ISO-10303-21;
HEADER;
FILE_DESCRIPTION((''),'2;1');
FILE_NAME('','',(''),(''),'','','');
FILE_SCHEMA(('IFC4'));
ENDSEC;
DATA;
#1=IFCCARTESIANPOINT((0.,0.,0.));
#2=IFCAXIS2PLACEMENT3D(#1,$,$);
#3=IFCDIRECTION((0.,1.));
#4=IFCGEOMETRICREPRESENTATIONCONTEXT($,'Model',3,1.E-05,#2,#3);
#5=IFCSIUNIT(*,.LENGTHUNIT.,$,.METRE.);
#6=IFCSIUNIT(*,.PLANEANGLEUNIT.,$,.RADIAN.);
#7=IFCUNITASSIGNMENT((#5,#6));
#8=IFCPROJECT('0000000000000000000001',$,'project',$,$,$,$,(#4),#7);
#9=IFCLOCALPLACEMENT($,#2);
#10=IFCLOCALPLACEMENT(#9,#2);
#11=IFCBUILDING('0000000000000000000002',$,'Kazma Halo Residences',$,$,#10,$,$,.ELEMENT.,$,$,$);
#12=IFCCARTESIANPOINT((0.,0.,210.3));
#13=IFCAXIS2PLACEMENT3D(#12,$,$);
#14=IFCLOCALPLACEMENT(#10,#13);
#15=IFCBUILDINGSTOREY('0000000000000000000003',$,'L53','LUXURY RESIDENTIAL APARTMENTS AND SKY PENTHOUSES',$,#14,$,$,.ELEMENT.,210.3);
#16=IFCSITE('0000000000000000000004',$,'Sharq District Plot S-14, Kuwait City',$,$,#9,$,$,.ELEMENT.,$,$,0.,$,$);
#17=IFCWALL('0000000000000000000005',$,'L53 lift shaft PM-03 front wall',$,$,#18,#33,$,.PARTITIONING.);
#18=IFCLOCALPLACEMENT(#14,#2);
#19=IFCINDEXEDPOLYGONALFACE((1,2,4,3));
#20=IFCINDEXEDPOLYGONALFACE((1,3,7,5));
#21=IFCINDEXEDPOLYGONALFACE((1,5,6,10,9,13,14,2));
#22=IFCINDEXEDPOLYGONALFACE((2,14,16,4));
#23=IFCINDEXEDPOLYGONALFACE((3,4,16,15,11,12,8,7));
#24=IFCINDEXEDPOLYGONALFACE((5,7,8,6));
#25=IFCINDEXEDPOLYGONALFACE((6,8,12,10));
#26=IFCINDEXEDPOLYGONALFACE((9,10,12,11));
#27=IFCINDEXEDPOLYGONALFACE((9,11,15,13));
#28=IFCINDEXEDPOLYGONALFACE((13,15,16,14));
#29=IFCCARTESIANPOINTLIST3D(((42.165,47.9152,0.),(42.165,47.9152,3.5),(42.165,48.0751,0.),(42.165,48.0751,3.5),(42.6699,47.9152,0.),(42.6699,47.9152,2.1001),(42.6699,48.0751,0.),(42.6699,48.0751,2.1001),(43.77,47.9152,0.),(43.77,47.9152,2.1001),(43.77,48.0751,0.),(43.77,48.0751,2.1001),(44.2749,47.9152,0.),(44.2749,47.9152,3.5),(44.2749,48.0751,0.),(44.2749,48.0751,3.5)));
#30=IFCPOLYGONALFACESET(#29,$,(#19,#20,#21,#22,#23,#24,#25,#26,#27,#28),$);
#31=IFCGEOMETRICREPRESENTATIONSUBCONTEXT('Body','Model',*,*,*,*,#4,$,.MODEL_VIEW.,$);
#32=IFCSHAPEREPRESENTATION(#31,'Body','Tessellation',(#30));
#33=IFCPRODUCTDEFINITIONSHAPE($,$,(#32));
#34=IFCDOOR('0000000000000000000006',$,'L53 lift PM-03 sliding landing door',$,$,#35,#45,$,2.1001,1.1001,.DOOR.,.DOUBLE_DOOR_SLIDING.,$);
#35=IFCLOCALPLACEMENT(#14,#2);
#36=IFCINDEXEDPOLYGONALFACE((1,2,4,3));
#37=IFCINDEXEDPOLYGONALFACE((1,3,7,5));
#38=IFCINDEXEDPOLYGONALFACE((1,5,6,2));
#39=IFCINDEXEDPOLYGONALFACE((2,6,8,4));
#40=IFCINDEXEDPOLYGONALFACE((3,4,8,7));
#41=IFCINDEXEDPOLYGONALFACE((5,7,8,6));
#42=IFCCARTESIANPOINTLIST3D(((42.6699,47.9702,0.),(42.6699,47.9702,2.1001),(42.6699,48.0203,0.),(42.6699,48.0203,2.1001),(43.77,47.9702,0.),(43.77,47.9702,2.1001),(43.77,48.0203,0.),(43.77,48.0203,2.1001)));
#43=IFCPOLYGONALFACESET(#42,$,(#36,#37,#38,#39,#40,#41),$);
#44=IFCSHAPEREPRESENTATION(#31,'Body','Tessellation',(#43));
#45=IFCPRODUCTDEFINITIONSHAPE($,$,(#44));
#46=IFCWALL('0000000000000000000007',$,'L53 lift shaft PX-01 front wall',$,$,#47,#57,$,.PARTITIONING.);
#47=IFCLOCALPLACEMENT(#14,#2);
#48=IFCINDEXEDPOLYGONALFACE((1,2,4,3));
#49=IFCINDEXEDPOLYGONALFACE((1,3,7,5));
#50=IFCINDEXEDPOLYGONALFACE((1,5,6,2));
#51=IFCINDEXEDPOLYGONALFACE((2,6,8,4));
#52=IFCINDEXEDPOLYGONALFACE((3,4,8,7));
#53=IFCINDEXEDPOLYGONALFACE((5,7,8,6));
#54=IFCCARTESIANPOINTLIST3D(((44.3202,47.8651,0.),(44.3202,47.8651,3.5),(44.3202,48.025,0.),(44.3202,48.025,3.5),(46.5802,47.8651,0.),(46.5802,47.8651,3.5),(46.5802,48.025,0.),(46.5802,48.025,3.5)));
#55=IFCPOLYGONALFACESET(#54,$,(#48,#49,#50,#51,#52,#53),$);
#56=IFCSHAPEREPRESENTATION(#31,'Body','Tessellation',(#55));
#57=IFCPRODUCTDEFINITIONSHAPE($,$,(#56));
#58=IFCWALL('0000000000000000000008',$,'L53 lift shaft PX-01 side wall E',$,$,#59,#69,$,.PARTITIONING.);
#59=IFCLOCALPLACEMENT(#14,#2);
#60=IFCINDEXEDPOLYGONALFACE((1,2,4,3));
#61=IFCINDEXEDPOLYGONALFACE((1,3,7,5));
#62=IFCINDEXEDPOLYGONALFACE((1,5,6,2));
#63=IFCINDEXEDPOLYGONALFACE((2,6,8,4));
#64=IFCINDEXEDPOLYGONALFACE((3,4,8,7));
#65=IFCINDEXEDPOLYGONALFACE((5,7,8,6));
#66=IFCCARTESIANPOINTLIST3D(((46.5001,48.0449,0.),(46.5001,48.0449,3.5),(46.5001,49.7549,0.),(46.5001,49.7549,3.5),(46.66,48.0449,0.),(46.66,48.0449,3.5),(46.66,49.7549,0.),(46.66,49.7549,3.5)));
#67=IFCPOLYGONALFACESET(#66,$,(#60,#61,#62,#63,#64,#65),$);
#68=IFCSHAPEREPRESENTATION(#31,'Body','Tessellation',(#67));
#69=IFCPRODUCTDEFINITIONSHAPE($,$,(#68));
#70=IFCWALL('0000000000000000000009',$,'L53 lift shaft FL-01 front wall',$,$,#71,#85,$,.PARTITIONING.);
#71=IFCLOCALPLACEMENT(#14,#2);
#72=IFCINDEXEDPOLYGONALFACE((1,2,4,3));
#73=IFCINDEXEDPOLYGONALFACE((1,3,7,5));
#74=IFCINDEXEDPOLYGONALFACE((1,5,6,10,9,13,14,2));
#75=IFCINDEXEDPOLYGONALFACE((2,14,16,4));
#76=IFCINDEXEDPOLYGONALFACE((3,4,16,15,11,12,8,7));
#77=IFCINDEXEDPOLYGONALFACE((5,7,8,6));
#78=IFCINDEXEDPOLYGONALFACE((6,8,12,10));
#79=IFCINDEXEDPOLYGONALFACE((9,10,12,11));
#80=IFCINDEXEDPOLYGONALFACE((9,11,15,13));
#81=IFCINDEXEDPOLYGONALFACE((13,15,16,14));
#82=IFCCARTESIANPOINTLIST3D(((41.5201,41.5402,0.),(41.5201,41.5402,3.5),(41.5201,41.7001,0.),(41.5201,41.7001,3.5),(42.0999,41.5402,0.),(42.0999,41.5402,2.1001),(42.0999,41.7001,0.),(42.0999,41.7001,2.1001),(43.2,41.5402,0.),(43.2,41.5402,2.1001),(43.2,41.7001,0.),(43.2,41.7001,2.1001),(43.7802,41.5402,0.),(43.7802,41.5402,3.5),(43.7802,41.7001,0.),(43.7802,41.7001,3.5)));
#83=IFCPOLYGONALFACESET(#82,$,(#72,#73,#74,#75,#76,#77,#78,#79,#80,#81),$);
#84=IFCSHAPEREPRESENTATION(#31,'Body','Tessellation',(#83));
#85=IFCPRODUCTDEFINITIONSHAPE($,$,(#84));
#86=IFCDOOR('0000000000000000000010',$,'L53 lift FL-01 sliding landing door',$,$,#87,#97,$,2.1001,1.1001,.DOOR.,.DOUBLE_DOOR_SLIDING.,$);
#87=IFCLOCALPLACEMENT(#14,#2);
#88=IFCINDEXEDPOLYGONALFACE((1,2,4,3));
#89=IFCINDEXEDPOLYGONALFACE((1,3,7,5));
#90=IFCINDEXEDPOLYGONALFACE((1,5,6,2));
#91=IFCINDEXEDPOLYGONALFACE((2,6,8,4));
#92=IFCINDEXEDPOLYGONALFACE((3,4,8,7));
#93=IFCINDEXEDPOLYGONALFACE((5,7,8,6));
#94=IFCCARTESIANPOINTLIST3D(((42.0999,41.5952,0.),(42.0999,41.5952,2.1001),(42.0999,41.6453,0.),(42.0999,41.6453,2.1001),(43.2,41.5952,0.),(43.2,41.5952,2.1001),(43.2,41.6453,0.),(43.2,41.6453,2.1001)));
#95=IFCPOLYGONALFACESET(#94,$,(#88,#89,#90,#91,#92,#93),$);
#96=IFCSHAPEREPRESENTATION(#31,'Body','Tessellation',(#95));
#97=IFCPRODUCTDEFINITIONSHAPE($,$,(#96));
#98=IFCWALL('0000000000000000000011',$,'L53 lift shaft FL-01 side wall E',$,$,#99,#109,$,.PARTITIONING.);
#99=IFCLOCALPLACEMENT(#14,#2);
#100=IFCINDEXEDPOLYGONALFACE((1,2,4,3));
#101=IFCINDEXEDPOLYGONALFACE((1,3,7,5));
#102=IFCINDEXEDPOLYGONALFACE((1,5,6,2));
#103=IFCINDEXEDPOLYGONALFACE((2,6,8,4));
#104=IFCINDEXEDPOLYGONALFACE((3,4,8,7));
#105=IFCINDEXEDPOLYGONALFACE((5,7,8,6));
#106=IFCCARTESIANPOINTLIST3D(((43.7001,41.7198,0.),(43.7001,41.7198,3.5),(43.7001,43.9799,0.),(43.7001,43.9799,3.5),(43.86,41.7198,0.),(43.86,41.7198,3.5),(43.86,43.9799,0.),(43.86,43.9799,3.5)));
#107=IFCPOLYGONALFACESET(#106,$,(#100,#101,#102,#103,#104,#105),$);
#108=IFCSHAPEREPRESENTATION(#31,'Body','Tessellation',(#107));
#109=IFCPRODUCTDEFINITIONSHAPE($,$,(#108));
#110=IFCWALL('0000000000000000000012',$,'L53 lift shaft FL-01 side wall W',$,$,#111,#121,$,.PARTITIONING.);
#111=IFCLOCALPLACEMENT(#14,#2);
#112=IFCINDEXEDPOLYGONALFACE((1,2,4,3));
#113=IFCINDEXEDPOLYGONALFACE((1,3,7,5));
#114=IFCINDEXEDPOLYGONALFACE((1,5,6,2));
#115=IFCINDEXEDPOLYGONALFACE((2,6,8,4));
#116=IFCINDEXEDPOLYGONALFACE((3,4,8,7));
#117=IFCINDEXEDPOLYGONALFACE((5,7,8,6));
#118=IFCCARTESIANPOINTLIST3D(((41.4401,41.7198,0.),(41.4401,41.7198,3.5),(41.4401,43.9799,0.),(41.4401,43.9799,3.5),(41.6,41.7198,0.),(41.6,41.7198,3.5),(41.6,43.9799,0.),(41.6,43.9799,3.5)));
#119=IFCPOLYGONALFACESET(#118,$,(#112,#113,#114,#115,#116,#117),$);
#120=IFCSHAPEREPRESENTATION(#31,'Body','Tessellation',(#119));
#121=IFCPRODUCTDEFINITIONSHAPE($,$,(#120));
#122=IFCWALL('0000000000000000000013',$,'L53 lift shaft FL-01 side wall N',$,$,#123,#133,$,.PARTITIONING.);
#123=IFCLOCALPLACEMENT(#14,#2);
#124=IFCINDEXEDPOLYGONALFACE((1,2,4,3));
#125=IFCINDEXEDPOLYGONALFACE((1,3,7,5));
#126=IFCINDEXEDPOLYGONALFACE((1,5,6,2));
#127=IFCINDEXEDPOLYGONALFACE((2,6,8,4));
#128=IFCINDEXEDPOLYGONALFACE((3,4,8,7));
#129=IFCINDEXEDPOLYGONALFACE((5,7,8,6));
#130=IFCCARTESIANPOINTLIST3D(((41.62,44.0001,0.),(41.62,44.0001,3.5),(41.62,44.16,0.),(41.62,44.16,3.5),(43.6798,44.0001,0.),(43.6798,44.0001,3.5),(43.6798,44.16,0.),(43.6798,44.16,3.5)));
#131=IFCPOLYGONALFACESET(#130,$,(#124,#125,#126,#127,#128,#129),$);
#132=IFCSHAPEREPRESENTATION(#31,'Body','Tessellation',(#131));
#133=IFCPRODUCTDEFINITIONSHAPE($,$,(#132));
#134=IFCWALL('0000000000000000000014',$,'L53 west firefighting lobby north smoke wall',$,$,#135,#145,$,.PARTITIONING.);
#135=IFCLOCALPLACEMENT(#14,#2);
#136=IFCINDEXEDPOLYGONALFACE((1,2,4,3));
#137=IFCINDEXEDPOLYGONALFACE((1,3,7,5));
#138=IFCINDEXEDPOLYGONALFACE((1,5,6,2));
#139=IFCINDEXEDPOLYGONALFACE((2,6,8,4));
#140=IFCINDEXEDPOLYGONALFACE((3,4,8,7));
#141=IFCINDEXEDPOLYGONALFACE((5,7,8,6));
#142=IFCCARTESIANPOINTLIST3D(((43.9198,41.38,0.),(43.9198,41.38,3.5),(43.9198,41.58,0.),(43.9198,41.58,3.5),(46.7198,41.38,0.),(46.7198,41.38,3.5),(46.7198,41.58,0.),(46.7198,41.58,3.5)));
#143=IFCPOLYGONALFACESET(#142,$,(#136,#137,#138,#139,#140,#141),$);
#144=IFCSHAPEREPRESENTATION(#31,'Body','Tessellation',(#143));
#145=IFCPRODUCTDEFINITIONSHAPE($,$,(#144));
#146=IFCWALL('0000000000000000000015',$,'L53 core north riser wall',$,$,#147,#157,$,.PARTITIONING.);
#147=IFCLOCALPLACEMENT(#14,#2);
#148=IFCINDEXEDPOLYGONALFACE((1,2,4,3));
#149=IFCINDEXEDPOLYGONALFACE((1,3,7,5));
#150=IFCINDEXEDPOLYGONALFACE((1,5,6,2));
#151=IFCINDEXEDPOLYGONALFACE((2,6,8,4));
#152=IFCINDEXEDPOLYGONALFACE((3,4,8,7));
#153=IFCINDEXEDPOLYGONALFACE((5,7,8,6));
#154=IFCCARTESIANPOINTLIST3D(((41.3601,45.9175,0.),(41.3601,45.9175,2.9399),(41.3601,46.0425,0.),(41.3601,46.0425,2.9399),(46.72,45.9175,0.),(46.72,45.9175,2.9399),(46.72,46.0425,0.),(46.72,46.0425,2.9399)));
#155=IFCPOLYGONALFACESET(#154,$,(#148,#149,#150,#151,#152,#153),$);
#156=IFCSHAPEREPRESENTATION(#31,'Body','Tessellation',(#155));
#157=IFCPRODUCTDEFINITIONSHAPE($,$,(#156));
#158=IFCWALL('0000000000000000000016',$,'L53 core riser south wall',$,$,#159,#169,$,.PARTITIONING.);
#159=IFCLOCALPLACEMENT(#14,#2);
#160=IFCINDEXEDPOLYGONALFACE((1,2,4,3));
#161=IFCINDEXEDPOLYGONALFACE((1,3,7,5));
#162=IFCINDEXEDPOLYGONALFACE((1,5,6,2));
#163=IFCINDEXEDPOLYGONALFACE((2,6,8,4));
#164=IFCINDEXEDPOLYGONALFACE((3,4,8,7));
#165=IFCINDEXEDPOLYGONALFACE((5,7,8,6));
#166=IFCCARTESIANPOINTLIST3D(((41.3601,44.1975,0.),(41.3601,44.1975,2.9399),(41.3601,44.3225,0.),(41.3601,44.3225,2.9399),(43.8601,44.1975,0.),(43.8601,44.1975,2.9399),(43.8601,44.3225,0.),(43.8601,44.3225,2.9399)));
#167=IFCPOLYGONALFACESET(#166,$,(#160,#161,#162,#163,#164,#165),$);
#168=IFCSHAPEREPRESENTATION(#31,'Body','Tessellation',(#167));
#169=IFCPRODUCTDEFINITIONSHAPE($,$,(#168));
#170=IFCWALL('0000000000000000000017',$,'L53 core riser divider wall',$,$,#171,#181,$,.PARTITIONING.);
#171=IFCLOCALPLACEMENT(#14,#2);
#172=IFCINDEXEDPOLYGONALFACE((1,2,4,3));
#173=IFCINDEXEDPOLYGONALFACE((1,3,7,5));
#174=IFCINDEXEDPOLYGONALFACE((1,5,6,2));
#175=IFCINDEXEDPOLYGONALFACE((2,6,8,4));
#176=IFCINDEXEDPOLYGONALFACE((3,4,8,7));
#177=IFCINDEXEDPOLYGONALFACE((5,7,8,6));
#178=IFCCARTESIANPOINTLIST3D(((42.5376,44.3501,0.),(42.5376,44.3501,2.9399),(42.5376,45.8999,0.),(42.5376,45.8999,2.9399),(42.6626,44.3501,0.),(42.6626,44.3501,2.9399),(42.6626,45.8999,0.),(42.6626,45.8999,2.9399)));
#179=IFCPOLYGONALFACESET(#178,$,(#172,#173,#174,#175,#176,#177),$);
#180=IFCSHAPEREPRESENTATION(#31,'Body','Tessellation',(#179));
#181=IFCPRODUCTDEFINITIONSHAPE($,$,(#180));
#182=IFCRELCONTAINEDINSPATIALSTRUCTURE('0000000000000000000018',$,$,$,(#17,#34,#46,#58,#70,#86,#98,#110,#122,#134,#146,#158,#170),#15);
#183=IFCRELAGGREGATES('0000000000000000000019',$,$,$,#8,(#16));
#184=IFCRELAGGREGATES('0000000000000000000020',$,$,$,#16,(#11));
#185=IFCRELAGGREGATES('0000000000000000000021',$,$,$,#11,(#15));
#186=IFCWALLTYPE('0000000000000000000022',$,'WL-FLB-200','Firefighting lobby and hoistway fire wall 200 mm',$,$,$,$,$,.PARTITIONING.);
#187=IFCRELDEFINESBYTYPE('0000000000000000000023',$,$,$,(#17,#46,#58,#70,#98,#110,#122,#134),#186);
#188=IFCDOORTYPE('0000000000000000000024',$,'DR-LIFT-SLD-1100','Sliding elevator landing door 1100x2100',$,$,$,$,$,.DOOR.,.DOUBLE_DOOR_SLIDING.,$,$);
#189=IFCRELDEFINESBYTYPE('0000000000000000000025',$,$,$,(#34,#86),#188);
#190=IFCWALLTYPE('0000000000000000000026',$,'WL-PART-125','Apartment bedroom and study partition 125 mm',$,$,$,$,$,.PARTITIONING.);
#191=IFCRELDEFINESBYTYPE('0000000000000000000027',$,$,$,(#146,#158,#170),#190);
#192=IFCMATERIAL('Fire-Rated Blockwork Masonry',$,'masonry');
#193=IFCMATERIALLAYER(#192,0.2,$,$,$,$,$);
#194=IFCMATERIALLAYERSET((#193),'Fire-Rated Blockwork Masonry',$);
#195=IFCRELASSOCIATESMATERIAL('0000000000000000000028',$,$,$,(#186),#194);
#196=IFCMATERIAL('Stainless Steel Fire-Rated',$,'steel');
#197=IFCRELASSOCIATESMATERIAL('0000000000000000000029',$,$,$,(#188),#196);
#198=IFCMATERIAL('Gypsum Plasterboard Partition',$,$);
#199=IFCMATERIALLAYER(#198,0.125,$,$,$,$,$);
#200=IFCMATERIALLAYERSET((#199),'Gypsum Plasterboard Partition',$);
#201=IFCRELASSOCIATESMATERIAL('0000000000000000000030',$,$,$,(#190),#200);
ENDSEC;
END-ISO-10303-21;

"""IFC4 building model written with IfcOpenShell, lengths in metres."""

from ifc_helpers import new_model, si_unit, direction, frame, frame_2d, origin, place, context, subcontext, project, spatial, rectangle, extrude, material, layer, layer_set, type_object, element, fill, save


model = new_model("IFC4")

# Units and contexts
model_context = context("Model", 3, precision=1e-05, world=origin(), true_north=direction((0.0, 1.0)))
body_context = subcontext(model_context, "Body", "Model", "MODEL_VIEW")
ifc_project = project(units=[si_unit("LENGTHUNIT", "METRE"), si_unit("PLANEANGLEUNIT", "RADIAN")], contexts=[model_context])

# Site, building, storey
site_placement = place(None, origin())
site = spatial("IfcSite", under=ifc_project, at=site_placement, Name="Sharq District Plot S-14, Kuwait City", CompositionType="ELEMENT", RefElevation=0.0)
building_placement = place(site_placement, origin())
building = spatial("IfcBuilding", under=site, at=building_placement, Name="Kazma Halo Residences", CompositionType="ELEMENT")
storey_placement = place(building_placement, frame((0.0, 0.0, 210.3)))
storey = spatial("IfcBuildingStorey", under=building, at=storey_placement, Name="L53", Description="LUXURY RESIDENTIAL APARTMENTS AND SKY PENTHOUSES", CompositionType="ELEMENT", Elevation=210.3)

# Wall, opening, door
ifc_material_1 = material(Name="Fire-Rated Blockwork Masonry", Category="masonry")
ifc_layer_1 = layer(ifc_material_1, 0.2)
ifc_layer_set_1 = layer_set([ifc_layer_1], Name="Fire-Rated Blockwork Masonry")
wall_type_1 = type_object("IfcWallType", Name="WL-FLB-200", Description="Firefighting lobby and hoistway fire wall 200 mm", PredefinedType="PARTITIONING", material=ifc_layer_set_1)
ifc_material_2 = material(Name="Stainless Steel Fire-Rated", Category="steel")
door_type = type_object("IfcDoorType", Name="DR-LIFT-SLD-1100", Description="Sliding elevator landing door 1100x2100", OperationType="DOUBLE_DOOR_SLIDING", PredefinedType="DOOR", material=ifc_material_2)
wall_1_placement = place(storey_placement, frame((44.2749, 47.9951, 0.0), z_axis=(0.0, 0.0, 1.0), x_axis=(-1.0, 0.0, 0.0)))
wall_1 = element("IfcWall", 1, at=wall_1_placement, inside=storey, type_object=wall_type_1, Name="L53 lift shaft PM-03 front wall", PredefinedType="PARTITIONING", context=body_context, shape_type="SweptSolid", body=[
    extrude(rectangle(XDim=2.1099, YDim=0.1599, at=frame_2d((1.0549, 0.0))), origin(), (0.0, 0.0, 1.0), 3.5),
])
opening_1_placement = place(wall_1_placement, frame((0.5049, 0.0, 0.0)))
opening_1 = element("IfcOpeningElement", 2, at=opening_1_placement, cuts=wall_1, PredefinedType="OPENING", context=body_context, shape_type="SweptSolid", body=[
    extrude(rectangle(XDim=1.1001, YDim=2.1001, at=frame_2d((0.55, 1.05))), frame((0.0, 0.0898, 0.0), z_axis=(0.0, -1.0, 0.0), x_axis=(1.0, 0.0, 0.0)), (0.0, 0.0, 1.0), 0.1799),
])
door_1_placement = place(opening_1_placement, origin())
door_1 = element("IfcDoor", 3, at=door_1_placement, inside=storey, type_object=door_type, Name="L53 lift PM-03 sliding landing door", OperationType="DOUBLE_DOOR_SLIDING", OverallHeight=2.1001, OverallWidth=1.1001, PredefinedType="DOOR", context=body_context, shape_type="SweptSolid", body=[
    extrude(rectangle(XDim=1.1001, YDim=2.1001, at=frame_2d((0.55, 1.05))), frame((0.0, 0.0249, 0.0), z_axis=(0.0, -1.0, 0.0), x_axis=(1.0, 0.0, 0.0)), (0.0, 0.0, 1.0), 0.05),
])
fill(opening_1, door_1)

# Walls
wall_2_placement = place(storey_placement, frame((46.5801, 47.9451, 0.0), z_axis=(0.0, 0.0, 1.0), x_axis=(-1.0, 0.0, 0.0)))
element("IfcWall", 4, at=wall_2_placement, inside=storey, type_object=wall_type_1, Name="L53 lift shaft PX-01 front wall", PredefinedType="PARTITIONING", context=body_context, shape_type="SweptSolid", body=[
    extrude(rectangle(XDim=2.26, YDim=0.1599, at=frame_2d((1.1299, 0.0))), origin(), (0.0, 0.0, 1.0), 3.5),
])
wall_3_placement = place(storey_placement, frame((46.5801, 48.0449, 0.0), z_axis=(0.0, 0.0, 1.0), x_axis=(0.0, 1.0, 0.0)))
element("IfcWall", 5, at=wall_3_placement, inside=storey, type_object=wall_type_1, Name="L53 lift shaft PX-01 side wall E", PredefinedType="PARTITIONING", context=body_context, shape_type="SweptSolid", body=[
    extrude(rectangle(XDim=1.71, YDim=0.1599, at=frame_2d((0.855, 0.0))), origin(), (0.0, 0.0, 1.0), 3.5),
])

# Wall, opening, door
wall_4_placement = place(storey_placement, frame((43.78, 41.6201, 0.0), z_axis=(0.0, 0.0, 1.0), x_axis=(-1.0, 0.0, 0.0)))
wall_4 = element("IfcWall", 6, at=wall_4_placement, inside=storey, type_object=wall_type_1, Name="L53 lift shaft FL-01 front wall", PredefinedType="PARTITIONING", context=body_context, shape_type="SweptSolid", body=[
    extrude(rectangle(XDim=2.26, YDim=0.1599, at=frame_2d((1.1299, 0.0))), origin(), (0.0, 0.0, 1.0), 3.5),
])
opening_2_placement = place(wall_4_placement, frame((0.5801, 0.0, 0.0)))
opening_2 = element("IfcOpeningElement", 7, at=opening_2_placement, cuts=wall_4, PredefinedType="OPENING", context=body_context, shape_type="SweptSolid", body=[
    extrude(rectangle(XDim=1.1001, YDim=2.1001, at=frame_2d((0.55, 1.05))), frame((0.0, 0.0898, 0.0), z_axis=(0.0, -1.0, 0.0), x_axis=(1.0, 0.0, 0.0)), (0.0, 0.0, 1.0), 0.1799),
])
door_2_placement = place(opening_2_placement, origin())
door_2 = element("IfcDoor", 8, at=door_2_placement, inside=storey, type_object=door_type, Name="L53 lift FL-01 sliding landing door", OperationType="DOUBLE_DOOR_SLIDING", OverallHeight=2.1001, OverallWidth=1.1001, PredefinedType="DOOR", context=body_context, shape_type="SweptSolid", body=[
    extrude(rectangle(XDim=1.1001, YDim=2.1001, at=frame_2d((0.55, 1.05))), frame((0.0, 0.0249, 0.0), z_axis=(0.0, -1.0, 0.0), x_axis=(1.0, 0.0, 0.0)), (0.0, 0.0, 1.0), 0.05),
])
fill(opening_2, door_2)

# Walls
for number, where, z_axis, x_axis, name in (
    (9, (43.78, 41.72, 0.0), (0.0, 0.0, 1.0), (0.0, 1.0, 0.0), "L53 lift shaft FL-01 side wall E"),
    (10, (41.52, 41.72, 0.0), (0.0, 0.0, 1.0), (0.0, 1.0, 0.0), "L53 lift shaft FL-01 side wall W"),
):
    element("IfcWall", number, at=place(storey_placement, frame(where, z_axis=z_axis, x_axis=x_axis)), inside=storey, type_object=wall_type_1, Name=name, PredefinedType="PARTITIONING", context=body_context, shape_type="SweptSolid", body=[
        extrude(rectangle(XDim=2.26, YDim=0.1599, at=frame_2d((1.1299, 0.0))), origin(), (0.0, 0.0, 1.0), 3.5),
    ])
wall_5_placement = place(storey_placement, frame((41.6201, 44.0801, 0.0), z_axis=(0.0, 0.0, 1.0), x_axis=(1.0, 0.0, 0.0)))
element("IfcWall", 11, at=wall_5_placement, inside=storey, type_object=wall_type_1, Name="L53 lift shaft FL-01 side wall N", PredefinedType="PARTITIONING", context=body_context, shape_type="SweptSolid", body=[
    extrude(rectangle(XDim=2.0598, YDim=0.1599, at=frame_2d((1.0298, 0.0))), origin(), (0.0, 0.0, 1.0), 3.5),
])
wall_6_placement = place(storey_placement, frame((43.9199, 41.48, 0.0), z_axis=(0.0, 0.0, 1.0), x_axis=(1.0, 0.0, 0.0)))
element("IfcWall", 12, at=wall_6_placement, inside=storey, type_object=wall_type_1, Name="L53 west firefighting lobby north smoke wall", PredefinedType="PARTITIONING", context=body_context, shape_type="SweptSolid", body=[
    extrude(rectangle(XDim=2.8, YDim=0.2, at=frame_2d((1.3999, 0.0))), origin(), (0.0, 0.0, 1.0), 3.5),
])
ifc_material_3 = material(Name="Gypsum Plasterboard Partition")
ifc_layer_2 = layer(ifc_material_3, 0.125)
ifc_layer_set_2 = layer_set([ifc_layer_2], Name="Gypsum Plasterboard Partition")
wall_type_2 = type_object("IfcWallType", Name="WL-PART-125", Description="Apartment bedroom and study partition 125 mm", PredefinedType="PARTITIONING", material=ifc_layer_set_2)
wall_7_placement = place(storey_placement, frame((41.3601, 45.98, 0.0), z_axis=(0.0, 0.0, 1.0), x_axis=(1.0, 0.0, 0.0)))
element("IfcWall", 13, at=wall_7_placement, inside=storey, type_object=wall_type_2, Name="L53 core north riser wall", PredefinedType="PARTITIONING", context=body_context, shape_type="SweptSolid", body=[
    extrude(rectangle(XDim=5.3599, YDim=0.125, at=frame_2d((2.6799, 0.0))), origin(), (0.0, 0.0, 1.0), 2.9399),
])
wall_8_placement = place(storey_placement, frame((41.3601, 44.26, 0.0), z_axis=(0.0, 0.0, 1.0), x_axis=(1.0, 0.0, 0.0)))
element("IfcWall", 14, at=wall_8_placement, inside=storey, type_object=wall_type_2, Name="L53 core riser south wall", PredefinedType="PARTITIONING", context=body_context, shape_type="SweptSolid", body=[
    extrude(rectangle(XDim=2.5, YDim=0.125, at=frame_2d((1.25, 0.0))), origin(), (0.0, 0.0, 1.0), 2.9399),
])
wall_9_placement = place(storey_placement, frame((42.6001, 44.3501, 0.0), z_axis=(0.0, 0.0, 1.0), x_axis=(0.0, 1.0, 0.0)))
element("IfcWall", 15, at=wall_9_placement, inside=storey, type_object=wall_type_2, Name="L53 core riser divider wall", PredefinedType="PARTITIONING", context=body_context, shape_type="SweptSolid", body=[
    extrude(rectangle(XDim=1.5498, YDim=0.125, at=frame_2d((0.7749, 0.0))), origin(), (0.0, 0.0, 1.0), 2.9399),
])

save(model, "model.ifc")
